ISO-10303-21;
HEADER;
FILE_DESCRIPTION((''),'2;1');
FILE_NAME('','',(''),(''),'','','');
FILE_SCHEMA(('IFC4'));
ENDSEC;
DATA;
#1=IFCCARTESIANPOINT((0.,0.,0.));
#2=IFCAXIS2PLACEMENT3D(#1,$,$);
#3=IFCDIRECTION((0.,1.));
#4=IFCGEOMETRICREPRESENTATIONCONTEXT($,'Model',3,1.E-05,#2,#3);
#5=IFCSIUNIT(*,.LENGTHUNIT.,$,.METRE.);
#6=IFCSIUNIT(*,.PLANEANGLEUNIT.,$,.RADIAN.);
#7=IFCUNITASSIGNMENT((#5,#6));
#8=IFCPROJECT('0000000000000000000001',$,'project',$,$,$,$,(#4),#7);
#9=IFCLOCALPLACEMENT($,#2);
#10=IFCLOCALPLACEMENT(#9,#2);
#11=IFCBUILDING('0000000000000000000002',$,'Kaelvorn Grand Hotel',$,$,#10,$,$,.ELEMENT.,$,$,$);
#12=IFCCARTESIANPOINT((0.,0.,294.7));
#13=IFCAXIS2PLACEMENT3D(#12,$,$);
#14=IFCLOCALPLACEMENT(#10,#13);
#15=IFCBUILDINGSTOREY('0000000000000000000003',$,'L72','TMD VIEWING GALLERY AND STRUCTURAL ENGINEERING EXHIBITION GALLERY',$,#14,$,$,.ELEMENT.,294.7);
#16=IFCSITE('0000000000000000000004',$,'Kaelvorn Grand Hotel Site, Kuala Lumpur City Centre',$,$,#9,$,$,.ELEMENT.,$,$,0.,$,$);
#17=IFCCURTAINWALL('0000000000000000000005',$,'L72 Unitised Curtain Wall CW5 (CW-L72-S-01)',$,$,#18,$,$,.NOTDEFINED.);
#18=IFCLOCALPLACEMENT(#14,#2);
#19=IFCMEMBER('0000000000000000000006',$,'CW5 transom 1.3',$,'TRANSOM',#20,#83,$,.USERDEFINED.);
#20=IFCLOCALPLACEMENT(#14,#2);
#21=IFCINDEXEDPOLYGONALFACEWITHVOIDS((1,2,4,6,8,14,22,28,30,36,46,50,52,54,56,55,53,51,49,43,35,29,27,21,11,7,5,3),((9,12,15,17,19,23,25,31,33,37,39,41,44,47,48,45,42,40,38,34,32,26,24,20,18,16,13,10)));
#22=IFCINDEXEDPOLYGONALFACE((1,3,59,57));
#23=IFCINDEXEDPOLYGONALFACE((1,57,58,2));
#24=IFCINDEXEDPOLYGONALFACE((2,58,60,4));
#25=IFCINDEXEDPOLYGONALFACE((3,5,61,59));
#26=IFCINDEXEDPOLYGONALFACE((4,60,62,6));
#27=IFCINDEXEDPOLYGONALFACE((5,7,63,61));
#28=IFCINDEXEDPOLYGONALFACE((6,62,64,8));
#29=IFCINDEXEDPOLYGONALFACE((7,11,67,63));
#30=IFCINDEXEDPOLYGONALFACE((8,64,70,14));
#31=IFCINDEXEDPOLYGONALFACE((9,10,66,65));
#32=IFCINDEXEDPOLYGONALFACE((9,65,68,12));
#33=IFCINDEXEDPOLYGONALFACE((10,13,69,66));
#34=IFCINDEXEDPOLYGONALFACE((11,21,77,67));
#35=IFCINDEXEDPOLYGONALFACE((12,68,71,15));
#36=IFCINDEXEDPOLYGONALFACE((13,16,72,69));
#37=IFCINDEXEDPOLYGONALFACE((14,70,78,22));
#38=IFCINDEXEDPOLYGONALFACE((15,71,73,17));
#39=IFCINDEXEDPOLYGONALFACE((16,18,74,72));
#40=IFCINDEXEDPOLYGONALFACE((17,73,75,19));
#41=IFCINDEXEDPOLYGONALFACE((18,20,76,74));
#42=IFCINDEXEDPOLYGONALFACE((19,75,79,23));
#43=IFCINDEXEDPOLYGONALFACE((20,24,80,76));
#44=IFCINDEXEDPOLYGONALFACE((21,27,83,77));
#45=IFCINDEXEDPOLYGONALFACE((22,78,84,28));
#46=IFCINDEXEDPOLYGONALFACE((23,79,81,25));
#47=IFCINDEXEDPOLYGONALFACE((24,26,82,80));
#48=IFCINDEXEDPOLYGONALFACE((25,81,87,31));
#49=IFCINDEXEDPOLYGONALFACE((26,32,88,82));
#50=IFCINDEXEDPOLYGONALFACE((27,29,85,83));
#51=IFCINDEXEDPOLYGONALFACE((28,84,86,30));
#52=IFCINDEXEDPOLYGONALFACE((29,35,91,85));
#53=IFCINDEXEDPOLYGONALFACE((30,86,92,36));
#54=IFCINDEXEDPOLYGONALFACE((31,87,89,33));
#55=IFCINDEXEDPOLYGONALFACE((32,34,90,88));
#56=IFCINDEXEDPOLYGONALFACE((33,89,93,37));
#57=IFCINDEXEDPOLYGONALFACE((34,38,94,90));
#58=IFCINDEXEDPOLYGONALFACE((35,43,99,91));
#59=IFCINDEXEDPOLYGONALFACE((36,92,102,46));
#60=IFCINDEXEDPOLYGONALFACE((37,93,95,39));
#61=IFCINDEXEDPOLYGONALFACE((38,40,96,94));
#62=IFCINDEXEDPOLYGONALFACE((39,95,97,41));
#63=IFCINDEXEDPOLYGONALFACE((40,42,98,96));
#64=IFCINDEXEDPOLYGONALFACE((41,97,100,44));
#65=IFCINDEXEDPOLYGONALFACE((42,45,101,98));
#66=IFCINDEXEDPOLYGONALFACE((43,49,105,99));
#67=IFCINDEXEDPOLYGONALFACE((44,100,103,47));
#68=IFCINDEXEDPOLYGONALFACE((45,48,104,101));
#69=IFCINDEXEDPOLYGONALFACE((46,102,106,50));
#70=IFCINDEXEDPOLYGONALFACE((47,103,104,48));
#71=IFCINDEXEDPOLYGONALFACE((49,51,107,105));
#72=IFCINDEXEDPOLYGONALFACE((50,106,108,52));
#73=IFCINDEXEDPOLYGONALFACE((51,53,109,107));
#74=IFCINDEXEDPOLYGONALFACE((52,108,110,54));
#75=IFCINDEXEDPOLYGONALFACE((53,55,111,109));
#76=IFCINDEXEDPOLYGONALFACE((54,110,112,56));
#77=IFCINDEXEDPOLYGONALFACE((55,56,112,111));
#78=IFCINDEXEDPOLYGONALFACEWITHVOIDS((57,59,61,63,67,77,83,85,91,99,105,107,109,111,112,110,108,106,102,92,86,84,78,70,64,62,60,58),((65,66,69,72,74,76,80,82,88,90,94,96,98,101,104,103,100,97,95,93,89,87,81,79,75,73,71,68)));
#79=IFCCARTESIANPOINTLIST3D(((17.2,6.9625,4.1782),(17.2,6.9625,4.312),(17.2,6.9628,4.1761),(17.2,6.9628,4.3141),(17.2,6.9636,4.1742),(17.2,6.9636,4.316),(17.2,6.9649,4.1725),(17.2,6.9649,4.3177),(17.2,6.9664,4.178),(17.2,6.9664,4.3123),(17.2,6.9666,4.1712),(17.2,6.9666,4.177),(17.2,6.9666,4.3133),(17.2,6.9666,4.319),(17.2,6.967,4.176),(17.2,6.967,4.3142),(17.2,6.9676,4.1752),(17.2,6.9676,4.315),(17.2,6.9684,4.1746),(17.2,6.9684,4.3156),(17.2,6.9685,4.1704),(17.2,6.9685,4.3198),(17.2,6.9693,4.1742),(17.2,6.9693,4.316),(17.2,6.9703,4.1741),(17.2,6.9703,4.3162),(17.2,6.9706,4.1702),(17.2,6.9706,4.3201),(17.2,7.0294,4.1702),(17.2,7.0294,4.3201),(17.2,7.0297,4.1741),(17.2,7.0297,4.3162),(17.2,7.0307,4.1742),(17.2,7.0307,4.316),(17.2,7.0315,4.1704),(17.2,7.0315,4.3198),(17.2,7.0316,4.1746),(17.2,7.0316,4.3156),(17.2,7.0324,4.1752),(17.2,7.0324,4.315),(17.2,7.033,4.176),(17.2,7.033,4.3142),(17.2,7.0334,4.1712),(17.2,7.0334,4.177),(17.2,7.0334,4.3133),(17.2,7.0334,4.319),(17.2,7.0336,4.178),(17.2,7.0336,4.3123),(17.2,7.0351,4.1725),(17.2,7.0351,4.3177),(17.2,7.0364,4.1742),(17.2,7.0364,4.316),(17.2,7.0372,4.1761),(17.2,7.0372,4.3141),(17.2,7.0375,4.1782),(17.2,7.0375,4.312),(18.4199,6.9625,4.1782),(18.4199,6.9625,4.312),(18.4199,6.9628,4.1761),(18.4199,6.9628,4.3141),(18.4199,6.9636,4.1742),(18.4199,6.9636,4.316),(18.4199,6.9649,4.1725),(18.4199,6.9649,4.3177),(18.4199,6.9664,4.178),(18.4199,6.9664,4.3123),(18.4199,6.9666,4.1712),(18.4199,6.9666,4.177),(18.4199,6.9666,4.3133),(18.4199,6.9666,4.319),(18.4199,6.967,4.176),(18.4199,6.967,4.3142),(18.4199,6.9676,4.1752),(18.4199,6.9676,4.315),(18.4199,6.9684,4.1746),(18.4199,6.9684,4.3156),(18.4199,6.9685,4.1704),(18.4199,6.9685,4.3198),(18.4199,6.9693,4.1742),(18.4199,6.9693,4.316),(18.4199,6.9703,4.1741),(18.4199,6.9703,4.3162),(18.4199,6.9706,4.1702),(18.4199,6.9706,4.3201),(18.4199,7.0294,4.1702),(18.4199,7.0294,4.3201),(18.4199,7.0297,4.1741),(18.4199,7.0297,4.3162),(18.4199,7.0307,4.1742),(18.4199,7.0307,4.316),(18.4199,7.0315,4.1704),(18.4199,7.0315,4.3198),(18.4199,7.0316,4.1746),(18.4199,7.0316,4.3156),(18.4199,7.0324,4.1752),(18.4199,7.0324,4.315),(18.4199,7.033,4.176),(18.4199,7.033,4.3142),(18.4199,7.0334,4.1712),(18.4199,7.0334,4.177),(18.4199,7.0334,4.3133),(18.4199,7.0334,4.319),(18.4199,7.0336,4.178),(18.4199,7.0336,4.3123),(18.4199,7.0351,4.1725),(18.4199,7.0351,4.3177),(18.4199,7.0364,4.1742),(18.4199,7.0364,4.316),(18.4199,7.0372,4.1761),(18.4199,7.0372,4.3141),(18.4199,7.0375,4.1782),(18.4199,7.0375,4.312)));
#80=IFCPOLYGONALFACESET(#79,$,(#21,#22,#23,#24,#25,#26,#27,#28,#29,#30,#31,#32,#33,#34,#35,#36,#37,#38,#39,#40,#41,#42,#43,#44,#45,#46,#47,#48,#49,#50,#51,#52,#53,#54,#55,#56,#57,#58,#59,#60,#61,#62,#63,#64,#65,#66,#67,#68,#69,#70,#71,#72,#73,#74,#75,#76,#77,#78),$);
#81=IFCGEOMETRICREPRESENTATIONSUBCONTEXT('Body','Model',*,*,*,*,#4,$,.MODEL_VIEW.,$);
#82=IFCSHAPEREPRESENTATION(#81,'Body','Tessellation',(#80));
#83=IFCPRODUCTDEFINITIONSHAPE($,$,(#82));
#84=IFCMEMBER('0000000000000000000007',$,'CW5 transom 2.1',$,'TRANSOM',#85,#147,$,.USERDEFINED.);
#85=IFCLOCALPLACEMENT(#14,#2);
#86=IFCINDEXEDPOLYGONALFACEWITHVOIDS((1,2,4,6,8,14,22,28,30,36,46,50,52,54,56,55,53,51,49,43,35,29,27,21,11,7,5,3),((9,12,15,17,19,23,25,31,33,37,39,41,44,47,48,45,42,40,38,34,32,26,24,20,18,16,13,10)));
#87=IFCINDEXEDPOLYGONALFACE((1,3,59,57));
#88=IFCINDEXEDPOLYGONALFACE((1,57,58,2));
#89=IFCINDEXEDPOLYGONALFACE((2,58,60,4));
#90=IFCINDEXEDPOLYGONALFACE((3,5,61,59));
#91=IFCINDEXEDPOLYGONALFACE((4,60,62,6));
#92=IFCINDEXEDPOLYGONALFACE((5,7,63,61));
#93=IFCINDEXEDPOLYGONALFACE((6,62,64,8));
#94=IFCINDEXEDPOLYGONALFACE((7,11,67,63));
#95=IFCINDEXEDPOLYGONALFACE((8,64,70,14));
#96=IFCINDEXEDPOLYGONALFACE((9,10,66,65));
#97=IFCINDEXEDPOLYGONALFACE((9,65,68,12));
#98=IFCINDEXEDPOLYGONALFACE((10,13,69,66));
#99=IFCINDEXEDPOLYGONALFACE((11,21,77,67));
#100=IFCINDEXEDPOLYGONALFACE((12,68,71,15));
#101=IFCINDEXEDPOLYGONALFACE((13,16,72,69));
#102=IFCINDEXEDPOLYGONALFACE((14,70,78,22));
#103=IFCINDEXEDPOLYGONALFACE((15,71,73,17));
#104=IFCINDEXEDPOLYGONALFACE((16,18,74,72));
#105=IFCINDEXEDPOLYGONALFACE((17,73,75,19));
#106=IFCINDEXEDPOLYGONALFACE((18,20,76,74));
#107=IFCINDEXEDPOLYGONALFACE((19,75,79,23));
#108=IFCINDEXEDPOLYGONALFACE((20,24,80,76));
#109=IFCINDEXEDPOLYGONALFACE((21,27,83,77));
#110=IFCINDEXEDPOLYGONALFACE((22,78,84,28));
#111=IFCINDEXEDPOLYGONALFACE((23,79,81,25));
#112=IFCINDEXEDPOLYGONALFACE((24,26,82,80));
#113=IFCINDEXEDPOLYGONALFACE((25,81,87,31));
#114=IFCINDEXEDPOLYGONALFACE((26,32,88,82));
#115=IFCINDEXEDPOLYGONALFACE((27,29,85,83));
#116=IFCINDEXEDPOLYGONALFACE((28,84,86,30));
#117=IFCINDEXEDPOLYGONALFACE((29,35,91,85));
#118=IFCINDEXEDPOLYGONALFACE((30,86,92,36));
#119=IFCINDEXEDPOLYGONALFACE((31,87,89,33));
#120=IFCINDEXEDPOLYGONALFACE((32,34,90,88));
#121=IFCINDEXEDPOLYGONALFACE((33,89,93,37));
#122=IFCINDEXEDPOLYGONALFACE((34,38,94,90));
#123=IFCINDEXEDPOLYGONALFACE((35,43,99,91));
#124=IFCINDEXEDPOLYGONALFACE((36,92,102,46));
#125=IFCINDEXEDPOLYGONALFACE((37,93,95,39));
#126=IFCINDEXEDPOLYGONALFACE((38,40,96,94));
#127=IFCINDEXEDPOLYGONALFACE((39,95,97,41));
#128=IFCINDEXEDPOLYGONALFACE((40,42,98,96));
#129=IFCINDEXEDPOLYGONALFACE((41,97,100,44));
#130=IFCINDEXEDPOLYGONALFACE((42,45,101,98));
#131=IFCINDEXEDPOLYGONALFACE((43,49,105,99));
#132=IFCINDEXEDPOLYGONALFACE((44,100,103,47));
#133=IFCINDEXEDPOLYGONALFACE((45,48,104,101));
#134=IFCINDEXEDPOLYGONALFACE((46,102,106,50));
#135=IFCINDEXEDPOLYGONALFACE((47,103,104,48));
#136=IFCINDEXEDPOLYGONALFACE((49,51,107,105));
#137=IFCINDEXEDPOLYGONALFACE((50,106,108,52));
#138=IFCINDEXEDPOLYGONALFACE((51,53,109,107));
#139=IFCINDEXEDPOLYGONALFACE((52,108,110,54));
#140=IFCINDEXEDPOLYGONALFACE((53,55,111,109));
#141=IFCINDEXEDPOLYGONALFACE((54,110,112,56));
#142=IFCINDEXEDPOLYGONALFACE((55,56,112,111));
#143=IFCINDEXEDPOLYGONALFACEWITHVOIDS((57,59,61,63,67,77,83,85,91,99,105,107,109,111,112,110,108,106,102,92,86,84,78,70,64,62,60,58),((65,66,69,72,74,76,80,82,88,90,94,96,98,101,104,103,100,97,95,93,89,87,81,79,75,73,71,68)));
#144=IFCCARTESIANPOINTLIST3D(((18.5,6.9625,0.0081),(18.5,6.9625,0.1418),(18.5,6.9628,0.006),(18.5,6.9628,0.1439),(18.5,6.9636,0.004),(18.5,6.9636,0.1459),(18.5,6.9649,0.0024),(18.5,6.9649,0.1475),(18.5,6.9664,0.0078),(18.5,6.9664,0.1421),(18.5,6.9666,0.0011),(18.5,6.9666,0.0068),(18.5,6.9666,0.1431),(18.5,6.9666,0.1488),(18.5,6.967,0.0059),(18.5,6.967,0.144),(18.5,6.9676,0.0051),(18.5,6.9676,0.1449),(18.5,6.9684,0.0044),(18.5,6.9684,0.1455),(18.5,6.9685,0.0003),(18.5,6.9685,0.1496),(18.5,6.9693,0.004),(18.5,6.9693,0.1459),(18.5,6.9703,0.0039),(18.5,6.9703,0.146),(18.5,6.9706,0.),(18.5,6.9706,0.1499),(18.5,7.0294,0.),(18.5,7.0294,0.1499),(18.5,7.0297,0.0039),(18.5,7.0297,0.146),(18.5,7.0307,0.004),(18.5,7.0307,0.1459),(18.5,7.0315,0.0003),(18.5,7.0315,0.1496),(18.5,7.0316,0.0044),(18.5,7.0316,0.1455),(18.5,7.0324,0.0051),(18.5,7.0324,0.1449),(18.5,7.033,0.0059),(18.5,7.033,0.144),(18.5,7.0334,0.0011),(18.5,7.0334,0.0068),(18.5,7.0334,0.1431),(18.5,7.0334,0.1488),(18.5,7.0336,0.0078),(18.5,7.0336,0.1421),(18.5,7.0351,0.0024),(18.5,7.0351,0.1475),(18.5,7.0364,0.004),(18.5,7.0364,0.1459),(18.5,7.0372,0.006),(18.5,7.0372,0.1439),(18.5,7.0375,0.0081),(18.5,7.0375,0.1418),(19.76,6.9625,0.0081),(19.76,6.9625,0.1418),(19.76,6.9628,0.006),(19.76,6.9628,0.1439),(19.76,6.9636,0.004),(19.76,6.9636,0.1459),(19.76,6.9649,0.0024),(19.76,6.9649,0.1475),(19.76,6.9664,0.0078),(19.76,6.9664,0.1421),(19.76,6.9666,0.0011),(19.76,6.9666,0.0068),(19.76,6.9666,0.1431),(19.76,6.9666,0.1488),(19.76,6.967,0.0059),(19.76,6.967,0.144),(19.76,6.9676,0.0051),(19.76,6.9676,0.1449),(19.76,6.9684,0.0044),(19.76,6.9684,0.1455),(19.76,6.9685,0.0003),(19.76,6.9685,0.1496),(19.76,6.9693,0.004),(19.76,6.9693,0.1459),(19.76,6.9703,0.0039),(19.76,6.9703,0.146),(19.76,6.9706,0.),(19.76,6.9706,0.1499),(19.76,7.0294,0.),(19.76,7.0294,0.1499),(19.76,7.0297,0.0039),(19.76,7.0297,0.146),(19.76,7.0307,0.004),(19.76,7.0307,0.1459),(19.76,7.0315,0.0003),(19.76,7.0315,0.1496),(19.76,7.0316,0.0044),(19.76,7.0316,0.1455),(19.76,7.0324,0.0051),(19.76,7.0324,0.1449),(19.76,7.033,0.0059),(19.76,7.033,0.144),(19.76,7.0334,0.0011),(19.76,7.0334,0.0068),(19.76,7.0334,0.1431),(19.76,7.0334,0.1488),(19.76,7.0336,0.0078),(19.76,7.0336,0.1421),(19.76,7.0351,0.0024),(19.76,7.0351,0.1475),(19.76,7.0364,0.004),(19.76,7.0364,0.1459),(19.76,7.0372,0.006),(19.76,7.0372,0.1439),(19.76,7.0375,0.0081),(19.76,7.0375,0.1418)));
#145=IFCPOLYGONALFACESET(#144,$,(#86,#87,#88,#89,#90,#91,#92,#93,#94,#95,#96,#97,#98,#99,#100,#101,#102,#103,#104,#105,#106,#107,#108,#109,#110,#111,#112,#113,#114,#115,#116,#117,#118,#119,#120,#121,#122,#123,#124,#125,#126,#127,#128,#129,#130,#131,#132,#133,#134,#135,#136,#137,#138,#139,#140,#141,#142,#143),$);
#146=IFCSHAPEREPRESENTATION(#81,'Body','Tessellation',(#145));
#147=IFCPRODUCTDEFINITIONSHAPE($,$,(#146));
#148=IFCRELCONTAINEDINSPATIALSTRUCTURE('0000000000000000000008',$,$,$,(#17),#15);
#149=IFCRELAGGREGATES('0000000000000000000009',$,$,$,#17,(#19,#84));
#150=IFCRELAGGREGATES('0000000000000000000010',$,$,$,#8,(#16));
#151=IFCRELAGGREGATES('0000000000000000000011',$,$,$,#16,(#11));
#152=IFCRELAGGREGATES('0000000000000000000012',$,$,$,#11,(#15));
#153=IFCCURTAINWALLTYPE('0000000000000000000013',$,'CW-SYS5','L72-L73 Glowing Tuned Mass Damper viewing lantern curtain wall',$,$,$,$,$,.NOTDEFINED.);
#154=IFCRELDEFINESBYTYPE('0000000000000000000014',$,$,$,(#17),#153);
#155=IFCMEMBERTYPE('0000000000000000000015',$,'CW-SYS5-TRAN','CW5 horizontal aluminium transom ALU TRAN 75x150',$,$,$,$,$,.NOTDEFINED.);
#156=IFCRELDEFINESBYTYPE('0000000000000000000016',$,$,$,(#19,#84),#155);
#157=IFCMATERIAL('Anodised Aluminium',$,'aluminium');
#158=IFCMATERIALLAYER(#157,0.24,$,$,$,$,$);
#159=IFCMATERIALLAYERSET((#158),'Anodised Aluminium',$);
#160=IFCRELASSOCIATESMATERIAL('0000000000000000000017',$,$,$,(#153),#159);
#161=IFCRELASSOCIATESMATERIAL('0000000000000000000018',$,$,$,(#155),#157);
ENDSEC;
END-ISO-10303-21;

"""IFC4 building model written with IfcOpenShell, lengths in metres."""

from ifc_helpers import new_model, si_unit, direction, frame, origin, origin_2d, place, context, subcontext, project, spatial, hollow_rectangle, extrude, material, layer, layer_set, material_profile, profile_set, type_object, element, aggregate, save


model = new_model("IFC4")

# Units and contexts
model_context = context("Model", 3, precision=1e-05, world=origin(), true_north=direction((0.0, 1.0)))
body_context = subcontext(model_context, "Body", "Model", "MODEL_VIEW")
ifc_project = project(units=[si_unit("LENGTHUNIT", "METRE"), si_unit("PLANEANGLEUNIT", "RADIAN")], contexts=[model_context])

# Site, building, storey
site_placement = place(None, origin())
site = spatial("IfcSite", under=ifc_project, at=site_placement, Name="Kaelvorn Grand Hotel Site, Kuala Lumpur City Centre", CompositionType="ELEMENT", RefElevation=0.0)
building_placement = place(site_placement, origin())
building = spatial("IfcBuilding", under=site, at=building_placement, Name="Kaelvorn Grand Hotel", CompositionType="ELEMENT")
storey_placement = place(building_placement, frame((0.0, 0.0, 294.7)))
storey = spatial("IfcBuildingStorey", under=building, at=storey_placement, Name="L72", Description="TMD VIEWING GALLERY AND STRUCTURAL ENGINEERING EXHIBITION GALLERY", CompositionType="ELEMENT", Elevation=294.7)

# Curtain wall
ifc_material_1 = material(Name="Anodised Aluminium", Category="aluminium")
ifc_layer_1 = layer(ifc_material_1, 0.24)
ifc_layer_set_1 = layer_set([ifc_layer_1], Name="Anodised Aluminium")
curtain_wall_type = type_object("IfcCurtainWallType", Name="CW-SYS5", Description="L72-L73 Glowing Tuned Mass Damper viewing lantern curtain wall", PredefinedType="NOTDEFINED", material=ifc_layer_set_1)
curtain_wall_1_placement = place(storey_placement, origin())
curtain_wall_1 = element("IfcCurtainWall", 1, at=curtain_wall_1_placement, inside=storey, type_object=curtain_wall_type, Name="L72 Unitised Curtain Wall CW5 (CW-L72-S-01)", PredefinedType="NOTDEFINED")

# Members
ifc_material_profile_1 = material_profile(ifc_material_1, hollow_rectangle(XDim=0.075, YDim=0.1499, WallThickness=0.0039, InnerFilletRadius=0.0039, OuterFilletRadius=0.0081, at=origin_2d()), Name="ALU TRAN 75x150")
ifc_profile_set_1 = profile_set([ifc_material_profile_1], Name="Anodised Aluminium")
member_type_1 = type_object("IfcMemberType", Name="CW-SYS5-TRAN", Description="CW5 horizontal aluminium transom ALU TRAN 75x150", PredefinedType="NOTDEFINED", material=ifc_profile_set_1)
member_1_placement = place(storey_placement, frame((17.2, 7.0, 4.2451), z_axis=(1.0, 0.0, 0.0), x_axis=(0.0, 1.0, 0.0)))
member_1 = element("IfcMember", 2, at=member_1_placement, type_object=member_type_1, Name="CW5 transom 1.3", ObjectType="TRANSOM", PredefinedType="USERDEFINED", context=body_context, shape_type="SweptSolid", body=[
    extrude(hollow_rectangle(XDim=0.075, YDim=0.1499, WallThickness=0.0039, InnerFilletRadius=0.0039, OuterFilletRadius=0.0081, at=origin_2d()), origin(), (0.0, 0.0, 1.0), 1.22),
])
member_2_placement = place(storey_placement, frame((18.5, 7.0, 0.075), z_axis=(1.0, 0.0, 0.0), x_axis=(0.0, 1.0, 0.0)))
member_2 = element("IfcMember", 3, at=member_2_placement, type_object=member_type_1, Name="CW5 transom 2.1", ObjectType="TRANSOM", PredefinedType="USERDEFINED", context=body_context, shape_type="SweptSolid", body=[
    extrude(hollow_rectangle(XDim=0.075, YDim=0.1499, WallThickness=0.0039, InnerFilletRadius=0.0039, OuterFilletRadius=0.0081, at=origin_2d()), origin(), (0.0, 0.0, 1.0), 1.26),
])

aggregate(curtain_wall_1, [member_1, member_2])

save(model, "model.ifc")
